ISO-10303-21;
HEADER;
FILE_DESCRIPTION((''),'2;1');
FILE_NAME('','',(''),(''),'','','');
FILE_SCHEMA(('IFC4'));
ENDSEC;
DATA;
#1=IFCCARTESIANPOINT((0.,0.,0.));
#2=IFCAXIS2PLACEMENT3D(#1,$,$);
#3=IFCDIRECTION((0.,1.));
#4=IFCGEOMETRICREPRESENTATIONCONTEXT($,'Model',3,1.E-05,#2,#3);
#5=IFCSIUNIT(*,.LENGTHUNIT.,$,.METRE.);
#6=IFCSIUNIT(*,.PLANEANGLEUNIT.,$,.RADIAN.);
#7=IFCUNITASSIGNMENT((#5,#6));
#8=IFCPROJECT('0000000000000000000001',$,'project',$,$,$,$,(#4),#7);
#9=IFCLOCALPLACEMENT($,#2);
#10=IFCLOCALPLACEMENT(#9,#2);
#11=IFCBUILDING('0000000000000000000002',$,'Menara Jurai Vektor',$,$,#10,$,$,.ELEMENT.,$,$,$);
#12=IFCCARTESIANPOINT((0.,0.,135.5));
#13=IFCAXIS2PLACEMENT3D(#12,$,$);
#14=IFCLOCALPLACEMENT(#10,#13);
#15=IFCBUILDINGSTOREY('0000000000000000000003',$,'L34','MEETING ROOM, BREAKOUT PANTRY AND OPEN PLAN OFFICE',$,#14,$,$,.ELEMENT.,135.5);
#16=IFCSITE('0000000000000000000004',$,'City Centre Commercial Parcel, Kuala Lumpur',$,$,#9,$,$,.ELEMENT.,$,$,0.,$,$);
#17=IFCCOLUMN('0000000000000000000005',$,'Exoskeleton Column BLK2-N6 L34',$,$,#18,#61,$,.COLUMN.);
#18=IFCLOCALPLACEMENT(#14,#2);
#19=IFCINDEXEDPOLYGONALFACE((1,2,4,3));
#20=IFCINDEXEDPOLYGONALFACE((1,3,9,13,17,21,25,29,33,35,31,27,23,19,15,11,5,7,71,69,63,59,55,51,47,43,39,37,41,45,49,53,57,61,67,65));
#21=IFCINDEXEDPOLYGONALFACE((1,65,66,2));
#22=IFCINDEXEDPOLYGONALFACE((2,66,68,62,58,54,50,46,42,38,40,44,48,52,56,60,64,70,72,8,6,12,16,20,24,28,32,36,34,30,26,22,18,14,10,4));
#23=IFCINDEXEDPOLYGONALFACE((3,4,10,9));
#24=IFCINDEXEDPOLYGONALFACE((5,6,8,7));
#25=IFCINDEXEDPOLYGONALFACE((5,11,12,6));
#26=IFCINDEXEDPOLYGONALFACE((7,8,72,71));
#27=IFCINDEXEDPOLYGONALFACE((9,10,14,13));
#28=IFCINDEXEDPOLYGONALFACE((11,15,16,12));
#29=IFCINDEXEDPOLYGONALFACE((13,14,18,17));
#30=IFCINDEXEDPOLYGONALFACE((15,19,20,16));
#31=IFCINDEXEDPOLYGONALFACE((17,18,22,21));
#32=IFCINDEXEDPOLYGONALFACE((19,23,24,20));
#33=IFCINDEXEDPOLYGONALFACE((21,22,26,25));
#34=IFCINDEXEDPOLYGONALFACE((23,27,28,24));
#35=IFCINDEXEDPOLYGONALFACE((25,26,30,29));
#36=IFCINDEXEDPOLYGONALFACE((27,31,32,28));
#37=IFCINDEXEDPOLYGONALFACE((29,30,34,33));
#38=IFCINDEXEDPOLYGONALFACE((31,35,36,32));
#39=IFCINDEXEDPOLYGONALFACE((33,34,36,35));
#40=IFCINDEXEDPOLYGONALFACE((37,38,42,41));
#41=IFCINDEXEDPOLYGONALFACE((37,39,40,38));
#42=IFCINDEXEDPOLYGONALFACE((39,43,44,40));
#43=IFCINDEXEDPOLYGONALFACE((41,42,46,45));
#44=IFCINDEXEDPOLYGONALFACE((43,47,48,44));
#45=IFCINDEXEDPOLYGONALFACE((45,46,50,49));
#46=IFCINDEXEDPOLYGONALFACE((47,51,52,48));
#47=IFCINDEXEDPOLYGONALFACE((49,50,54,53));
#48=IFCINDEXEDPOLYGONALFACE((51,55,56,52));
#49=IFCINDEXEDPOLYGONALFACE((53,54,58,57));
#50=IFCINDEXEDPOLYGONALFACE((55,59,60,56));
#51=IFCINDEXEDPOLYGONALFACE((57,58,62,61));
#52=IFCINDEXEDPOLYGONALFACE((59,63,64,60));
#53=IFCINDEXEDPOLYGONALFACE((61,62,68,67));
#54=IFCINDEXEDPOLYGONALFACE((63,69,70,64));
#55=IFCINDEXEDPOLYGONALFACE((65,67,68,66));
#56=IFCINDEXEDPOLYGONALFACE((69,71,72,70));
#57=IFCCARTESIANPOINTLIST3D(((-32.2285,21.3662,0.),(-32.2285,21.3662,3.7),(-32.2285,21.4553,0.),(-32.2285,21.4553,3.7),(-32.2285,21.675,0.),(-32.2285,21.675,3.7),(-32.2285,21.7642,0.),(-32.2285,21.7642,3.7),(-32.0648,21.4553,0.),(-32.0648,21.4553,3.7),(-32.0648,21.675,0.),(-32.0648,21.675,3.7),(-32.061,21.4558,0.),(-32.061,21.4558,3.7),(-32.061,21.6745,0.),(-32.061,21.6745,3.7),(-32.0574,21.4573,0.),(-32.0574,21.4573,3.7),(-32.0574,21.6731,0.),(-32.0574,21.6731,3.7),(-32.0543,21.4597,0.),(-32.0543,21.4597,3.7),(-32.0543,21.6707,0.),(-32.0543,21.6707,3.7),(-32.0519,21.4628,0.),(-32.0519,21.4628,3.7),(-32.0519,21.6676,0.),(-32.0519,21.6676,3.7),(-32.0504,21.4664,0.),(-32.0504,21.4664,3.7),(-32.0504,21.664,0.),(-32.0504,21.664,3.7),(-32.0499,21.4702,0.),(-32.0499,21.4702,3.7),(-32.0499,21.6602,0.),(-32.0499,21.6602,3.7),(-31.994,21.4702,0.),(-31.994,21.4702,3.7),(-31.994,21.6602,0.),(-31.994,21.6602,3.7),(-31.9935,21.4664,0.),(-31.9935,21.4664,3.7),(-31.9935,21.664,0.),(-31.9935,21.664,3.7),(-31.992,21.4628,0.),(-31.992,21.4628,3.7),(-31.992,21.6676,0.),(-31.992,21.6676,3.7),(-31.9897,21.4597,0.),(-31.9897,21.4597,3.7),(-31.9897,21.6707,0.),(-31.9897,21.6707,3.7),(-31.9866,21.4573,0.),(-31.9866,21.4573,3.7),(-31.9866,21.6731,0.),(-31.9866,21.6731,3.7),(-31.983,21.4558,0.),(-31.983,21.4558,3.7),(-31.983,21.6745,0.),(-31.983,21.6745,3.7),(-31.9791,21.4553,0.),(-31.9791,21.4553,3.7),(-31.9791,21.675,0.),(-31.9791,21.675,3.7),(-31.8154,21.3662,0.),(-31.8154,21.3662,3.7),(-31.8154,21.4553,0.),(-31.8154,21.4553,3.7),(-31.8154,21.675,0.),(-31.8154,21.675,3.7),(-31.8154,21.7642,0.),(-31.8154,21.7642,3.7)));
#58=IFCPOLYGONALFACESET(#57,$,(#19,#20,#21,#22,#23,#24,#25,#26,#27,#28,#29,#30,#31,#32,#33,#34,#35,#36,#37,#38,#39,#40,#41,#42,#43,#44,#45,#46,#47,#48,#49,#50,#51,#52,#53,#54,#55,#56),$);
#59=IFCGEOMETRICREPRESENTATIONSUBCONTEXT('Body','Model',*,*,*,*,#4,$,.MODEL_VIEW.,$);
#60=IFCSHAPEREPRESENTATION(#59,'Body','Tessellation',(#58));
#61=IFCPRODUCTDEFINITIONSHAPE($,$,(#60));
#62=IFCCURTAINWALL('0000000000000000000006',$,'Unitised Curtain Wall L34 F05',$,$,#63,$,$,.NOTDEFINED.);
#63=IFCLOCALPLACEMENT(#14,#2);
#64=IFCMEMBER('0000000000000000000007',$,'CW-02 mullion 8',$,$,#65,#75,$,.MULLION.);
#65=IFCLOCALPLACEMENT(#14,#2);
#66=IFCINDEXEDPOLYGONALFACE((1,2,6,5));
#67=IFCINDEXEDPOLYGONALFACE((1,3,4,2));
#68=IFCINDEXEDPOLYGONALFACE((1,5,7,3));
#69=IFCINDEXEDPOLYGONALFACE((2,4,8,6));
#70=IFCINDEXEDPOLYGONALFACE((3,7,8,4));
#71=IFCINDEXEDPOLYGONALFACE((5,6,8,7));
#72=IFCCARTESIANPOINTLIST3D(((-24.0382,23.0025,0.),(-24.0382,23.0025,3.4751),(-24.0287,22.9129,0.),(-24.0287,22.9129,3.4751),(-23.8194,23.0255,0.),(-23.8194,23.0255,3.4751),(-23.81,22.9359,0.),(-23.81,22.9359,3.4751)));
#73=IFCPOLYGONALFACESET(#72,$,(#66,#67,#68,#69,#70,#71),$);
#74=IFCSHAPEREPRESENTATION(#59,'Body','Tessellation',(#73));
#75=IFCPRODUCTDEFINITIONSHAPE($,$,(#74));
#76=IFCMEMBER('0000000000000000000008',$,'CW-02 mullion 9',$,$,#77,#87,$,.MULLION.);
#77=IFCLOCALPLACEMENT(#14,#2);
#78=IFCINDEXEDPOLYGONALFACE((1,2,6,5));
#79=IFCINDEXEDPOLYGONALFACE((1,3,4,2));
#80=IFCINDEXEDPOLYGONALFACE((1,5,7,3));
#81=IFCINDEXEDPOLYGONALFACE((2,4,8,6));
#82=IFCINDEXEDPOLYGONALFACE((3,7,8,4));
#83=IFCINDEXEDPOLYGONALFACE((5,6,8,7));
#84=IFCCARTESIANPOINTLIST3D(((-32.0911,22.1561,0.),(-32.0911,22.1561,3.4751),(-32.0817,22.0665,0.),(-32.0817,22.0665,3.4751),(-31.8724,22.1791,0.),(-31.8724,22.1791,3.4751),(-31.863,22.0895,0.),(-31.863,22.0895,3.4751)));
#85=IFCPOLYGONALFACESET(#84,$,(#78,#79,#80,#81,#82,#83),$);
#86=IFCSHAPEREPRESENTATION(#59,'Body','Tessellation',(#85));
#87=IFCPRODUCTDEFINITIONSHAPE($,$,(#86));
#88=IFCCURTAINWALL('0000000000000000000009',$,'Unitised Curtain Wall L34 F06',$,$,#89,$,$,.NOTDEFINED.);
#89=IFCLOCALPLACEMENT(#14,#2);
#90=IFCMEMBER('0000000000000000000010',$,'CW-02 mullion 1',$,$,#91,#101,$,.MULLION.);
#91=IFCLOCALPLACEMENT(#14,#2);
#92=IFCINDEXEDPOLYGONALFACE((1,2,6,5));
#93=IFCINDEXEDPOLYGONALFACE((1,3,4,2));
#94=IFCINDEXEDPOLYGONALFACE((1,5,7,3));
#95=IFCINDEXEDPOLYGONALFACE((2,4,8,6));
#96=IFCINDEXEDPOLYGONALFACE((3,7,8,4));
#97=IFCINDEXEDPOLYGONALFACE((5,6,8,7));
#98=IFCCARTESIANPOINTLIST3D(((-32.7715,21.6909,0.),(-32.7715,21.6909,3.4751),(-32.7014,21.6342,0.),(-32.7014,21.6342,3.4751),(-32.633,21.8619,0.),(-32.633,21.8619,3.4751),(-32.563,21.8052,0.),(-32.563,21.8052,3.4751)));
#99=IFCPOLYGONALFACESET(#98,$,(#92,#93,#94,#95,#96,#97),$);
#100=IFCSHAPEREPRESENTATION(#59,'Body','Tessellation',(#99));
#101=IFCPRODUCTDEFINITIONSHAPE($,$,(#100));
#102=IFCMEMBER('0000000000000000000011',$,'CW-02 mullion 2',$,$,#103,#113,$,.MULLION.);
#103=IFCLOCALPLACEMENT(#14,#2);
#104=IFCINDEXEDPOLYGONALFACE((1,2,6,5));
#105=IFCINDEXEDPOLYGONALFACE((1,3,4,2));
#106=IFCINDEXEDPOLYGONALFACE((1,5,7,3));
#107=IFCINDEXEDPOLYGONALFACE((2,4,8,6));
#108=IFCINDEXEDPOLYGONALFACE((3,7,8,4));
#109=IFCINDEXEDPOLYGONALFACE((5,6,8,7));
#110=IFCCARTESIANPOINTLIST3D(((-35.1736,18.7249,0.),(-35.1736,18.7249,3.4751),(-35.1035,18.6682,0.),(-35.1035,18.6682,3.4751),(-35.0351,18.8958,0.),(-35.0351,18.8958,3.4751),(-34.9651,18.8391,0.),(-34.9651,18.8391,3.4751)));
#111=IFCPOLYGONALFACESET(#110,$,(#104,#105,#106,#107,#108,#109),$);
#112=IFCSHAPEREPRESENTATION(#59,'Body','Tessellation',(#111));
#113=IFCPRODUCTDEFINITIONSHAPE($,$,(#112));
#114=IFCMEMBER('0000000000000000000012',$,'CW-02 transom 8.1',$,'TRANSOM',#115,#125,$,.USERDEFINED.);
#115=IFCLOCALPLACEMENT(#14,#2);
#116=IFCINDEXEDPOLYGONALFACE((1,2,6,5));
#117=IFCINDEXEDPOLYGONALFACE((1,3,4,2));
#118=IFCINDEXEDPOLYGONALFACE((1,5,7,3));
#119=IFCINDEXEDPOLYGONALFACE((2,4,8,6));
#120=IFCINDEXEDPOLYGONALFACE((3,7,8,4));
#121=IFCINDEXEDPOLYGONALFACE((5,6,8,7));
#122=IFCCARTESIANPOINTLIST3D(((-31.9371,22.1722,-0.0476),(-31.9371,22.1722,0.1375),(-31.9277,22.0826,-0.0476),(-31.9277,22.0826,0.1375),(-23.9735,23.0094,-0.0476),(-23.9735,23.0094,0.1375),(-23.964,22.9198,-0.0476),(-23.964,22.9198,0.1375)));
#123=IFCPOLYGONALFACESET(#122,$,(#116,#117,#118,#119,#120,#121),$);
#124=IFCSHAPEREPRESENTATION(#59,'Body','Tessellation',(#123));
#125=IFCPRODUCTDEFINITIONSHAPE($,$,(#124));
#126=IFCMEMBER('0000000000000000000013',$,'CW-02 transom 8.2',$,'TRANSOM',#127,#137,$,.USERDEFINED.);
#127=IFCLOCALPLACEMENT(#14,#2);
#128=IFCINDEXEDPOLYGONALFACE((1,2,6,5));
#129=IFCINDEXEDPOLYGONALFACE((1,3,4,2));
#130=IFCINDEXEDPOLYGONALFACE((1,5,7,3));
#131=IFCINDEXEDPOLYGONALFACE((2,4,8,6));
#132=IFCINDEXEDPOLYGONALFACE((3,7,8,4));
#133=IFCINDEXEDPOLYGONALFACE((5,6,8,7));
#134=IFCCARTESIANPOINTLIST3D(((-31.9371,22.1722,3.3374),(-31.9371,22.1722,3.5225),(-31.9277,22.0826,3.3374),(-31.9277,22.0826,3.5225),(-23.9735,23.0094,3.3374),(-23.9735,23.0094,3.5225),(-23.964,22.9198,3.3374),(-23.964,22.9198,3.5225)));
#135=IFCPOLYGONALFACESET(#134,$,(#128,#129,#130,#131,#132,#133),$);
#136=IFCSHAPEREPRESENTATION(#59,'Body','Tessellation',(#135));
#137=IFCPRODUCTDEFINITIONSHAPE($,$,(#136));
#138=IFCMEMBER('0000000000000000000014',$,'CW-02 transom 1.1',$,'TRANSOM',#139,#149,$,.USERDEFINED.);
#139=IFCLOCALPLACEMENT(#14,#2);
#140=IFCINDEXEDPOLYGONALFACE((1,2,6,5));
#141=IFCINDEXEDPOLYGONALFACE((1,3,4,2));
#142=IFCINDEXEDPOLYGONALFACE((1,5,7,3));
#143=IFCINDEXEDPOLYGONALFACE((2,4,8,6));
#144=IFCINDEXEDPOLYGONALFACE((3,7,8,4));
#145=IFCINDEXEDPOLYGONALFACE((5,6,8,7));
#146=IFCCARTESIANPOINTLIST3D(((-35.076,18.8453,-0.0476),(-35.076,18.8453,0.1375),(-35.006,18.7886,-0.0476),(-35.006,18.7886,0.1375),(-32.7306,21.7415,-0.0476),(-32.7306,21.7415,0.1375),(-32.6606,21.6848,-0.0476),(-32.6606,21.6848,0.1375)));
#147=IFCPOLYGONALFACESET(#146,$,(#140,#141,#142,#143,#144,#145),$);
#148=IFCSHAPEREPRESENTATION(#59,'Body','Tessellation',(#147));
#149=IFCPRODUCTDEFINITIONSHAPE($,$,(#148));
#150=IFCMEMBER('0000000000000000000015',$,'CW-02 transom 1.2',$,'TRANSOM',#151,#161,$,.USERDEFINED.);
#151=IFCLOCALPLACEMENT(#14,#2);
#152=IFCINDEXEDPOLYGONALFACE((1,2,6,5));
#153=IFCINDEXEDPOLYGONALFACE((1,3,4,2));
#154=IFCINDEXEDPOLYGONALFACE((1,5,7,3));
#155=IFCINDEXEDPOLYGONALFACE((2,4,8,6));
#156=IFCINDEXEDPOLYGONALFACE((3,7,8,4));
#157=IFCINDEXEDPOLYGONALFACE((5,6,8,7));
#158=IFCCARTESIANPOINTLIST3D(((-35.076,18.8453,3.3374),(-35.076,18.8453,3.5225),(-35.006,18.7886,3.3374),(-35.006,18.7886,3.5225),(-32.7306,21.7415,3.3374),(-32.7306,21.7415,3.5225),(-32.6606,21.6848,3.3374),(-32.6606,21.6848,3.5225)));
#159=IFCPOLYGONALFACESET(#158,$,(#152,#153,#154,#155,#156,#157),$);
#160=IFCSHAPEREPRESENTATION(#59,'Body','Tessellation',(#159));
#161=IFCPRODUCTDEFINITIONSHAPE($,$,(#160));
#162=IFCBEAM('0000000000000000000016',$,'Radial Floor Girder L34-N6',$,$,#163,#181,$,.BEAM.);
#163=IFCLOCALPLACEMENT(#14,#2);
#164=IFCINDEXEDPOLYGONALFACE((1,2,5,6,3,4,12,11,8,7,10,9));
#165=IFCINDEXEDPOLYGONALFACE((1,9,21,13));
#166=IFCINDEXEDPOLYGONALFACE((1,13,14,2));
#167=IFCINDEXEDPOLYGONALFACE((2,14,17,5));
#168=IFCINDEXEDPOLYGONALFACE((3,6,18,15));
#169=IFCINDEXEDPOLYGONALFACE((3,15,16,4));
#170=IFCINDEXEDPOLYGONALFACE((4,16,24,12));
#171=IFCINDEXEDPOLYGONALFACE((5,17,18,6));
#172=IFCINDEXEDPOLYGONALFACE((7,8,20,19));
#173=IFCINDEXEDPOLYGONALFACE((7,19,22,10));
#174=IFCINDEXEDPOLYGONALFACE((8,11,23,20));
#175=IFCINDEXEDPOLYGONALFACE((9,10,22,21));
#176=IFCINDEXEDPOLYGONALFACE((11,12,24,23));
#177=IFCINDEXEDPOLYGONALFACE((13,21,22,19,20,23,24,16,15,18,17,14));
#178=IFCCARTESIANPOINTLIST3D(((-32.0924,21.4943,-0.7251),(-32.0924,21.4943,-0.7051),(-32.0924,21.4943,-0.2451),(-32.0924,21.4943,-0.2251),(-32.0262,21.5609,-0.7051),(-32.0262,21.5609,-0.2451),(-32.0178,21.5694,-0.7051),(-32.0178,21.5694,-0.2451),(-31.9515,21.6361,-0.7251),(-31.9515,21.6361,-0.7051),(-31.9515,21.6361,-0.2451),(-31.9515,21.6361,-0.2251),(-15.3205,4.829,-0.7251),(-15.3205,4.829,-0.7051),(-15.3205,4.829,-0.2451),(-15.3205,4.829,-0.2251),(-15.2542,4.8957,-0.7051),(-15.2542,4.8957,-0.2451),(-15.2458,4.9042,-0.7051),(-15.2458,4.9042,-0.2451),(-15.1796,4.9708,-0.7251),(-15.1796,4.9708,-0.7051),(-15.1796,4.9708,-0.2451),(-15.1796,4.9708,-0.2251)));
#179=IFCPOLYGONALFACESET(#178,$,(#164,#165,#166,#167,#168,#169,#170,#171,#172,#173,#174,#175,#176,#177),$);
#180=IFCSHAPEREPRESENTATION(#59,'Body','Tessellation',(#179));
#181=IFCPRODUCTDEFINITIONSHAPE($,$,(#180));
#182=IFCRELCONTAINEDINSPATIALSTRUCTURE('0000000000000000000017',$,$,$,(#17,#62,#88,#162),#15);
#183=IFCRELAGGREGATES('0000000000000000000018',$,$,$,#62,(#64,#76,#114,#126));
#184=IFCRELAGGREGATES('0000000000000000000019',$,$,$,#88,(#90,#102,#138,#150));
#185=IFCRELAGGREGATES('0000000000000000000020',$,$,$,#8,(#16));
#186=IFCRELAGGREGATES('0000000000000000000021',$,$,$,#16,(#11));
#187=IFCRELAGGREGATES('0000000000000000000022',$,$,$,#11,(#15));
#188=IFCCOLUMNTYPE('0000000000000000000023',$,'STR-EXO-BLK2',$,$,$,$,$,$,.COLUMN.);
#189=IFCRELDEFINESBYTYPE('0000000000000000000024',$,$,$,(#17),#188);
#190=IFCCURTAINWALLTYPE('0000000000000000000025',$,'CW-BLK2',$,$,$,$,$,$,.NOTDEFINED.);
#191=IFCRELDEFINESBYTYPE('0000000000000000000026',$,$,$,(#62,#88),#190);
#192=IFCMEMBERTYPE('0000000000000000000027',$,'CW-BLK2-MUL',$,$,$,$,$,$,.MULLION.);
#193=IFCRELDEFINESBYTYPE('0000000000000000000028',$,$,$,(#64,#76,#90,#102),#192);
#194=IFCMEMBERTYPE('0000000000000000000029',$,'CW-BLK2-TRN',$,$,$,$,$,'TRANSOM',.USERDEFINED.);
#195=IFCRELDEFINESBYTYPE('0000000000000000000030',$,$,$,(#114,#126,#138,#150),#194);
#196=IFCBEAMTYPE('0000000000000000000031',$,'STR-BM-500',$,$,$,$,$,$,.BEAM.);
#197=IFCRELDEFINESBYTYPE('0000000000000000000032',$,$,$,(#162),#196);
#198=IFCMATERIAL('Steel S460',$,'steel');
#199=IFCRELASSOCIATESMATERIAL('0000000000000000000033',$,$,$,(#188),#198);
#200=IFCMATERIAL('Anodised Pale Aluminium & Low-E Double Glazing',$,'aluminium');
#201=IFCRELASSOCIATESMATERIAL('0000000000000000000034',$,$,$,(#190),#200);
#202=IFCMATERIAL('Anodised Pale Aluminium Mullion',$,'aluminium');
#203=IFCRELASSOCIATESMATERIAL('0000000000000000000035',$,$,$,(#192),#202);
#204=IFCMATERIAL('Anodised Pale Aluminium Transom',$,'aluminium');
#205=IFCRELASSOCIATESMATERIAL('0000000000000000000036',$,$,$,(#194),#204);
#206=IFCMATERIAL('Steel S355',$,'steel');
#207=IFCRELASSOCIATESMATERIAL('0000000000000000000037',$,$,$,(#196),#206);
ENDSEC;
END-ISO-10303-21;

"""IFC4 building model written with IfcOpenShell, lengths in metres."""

from ifc_helpers import new_model, si_unit, direction, frame, origin, origin_2d, place, context, subcontext, project, spatial, rectangle, i_section, extrude, material, material_profile, profile_set, type_object, element, aggregate, save


model = new_model("IFC4")

# Units and contexts
model_context = context("Model", 3, precision=1e-05, world=origin(), true_north=direction((0.0, 1.0)))
body_context = subcontext(model_context, "Body", "Model", "MODEL_VIEW")
ifc_project = project(units=[si_unit("LENGTHUNIT", "METRE"), si_unit("PLANEANGLEUNIT", "RADIAN")], contexts=[model_context])

# Site, building, storey
site_placement = place(None, origin())
site = spatial("IfcSite", under=ifc_project, at=site_placement, Name="City Centre Commercial Parcel, Kuala Lumpur", CompositionType="ELEMENT", RefElevation=0.0)
building_placement = place(site_placement, origin())
building = spatial("IfcBuilding", under=site, at=building_placement, Name="Menara Jurai Vektor", CompositionType="ELEMENT")
storey_placement = place(building_placement, frame((0.0, 0.0, 135.5)))
storey = spatial("IfcBuildingStorey", under=building, at=storey_placement, Name="L34", Description="MEETING ROOM, BREAKOUT PANTRY AND OPEN PLAN OFFICE", CompositionType="ELEMENT", Elevation=135.5)

# Column
ifc_material_1 = material(Name="Steel S460", Category="steel")
ifc_material_profile_1 = material_profile(ifc_material_1, i_section(OverallWidth=0.4131, OverallDepth=0.3979, WebThickness=0.0559, FlangeThickness=0.0891, FilletRadius=0.0149, at=origin_2d()), Name="HD 400x744")
ifc_profile_set_1 = profile_set([ifc_material_profile_1], Name="Steel S460")
column_type = type_object("IfcColumnType", Name="STR-EXO-BLK2", PredefinedType="COLUMN", material=ifc_profile_set_1)
column_placement = place(storey_placement, frame((-32.022, 21.5652, 0.0), z_axis=(0.0, 0.0, 1.0), x_axis=(1.0, 0.0, 0.0)))
element("IfcColumn", 1, at=column_placement, inside=storey, type_object=column_type, Name="Exoskeleton Column BLK2-N6 L34", PredefinedType="COLUMN", context=body_context, shape_type="SweptSolid", body=[
    extrude(i_section(OverallWidth=0.4131, OverallDepth=0.3979, WebThickness=0.0559, FlangeThickness=0.0891, FilletRadius=0.0149, at=origin_2d()), origin(), (0.0, 0.0, 1.0), 3.7),
])

# Curtain walls, members
ifc_material_2 = material(Name="Anodised Pale Aluminium & Low-E Double Glazing", Category="aluminium")
curtain_wall_type = type_object("IfcCurtainWallType", Name="CW-BLK2", PredefinedType="NOTDEFINED", material=ifc_material_2)
curtain_wall_1_placement = place(storey_placement, origin())
curtain_wall_1 = element("IfcCurtainWall", 2, at=curtain_wall_1_placement, inside=storey, type_object=curtain_wall_type, Name="Unitised Curtain Wall L34 F05", PredefinedType="NOTDEFINED")
ifc_material_3 = material(Name="Anodised Pale Aluminium Mullion", Category="aluminium")
ifc_material_profile_2 = material_profile(ifc_material_3, rectangle(XDim=0.0901, YDim=0.22, at=origin_2d()), Name="ALU MUL 90x220")
ifc_profile_set_2 = profile_set([ifc_material_profile_2], Name="Anodised Pale Aluminium Mullion")
member_type_1 = type_object("IfcMemberType", Name="CW-BLK2-MUL", PredefinedType="MULLION", material=ifc_profile_set_2)
member_1_placement = place(storey_placement, frame((-23.9241, 22.9692, 0.0), z_axis=(0.0, 0.0, 1.0), x_axis=(0.104529, -0.994522, 0.0)))
member_1 = element("IfcMember", 3, at=member_1_placement, type_object=member_type_1, Name="CW-02 mullion 8", PredefinedType="MULLION", context=body_context, shape_type="SweptSolid", body=[
    extrude(rectangle(XDim=0.0901, YDim=0.22, at=origin_2d()), origin(), (0.0, 0.0, 1.0), 3.4751),
])
member_2_placement = place(storey_placement, frame((-31.9771, 22.1228, 0.0), z_axis=(0.0, 0.0, 1.0), x_axis=(0.104529, -0.994522, 0.0)))
member_2 = element("IfcMember", 4, at=member_2_placement, type_object=member_type_1, Name="CW-02 mullion 9", PredefinedType="MULLION", context=body_context, shape_type="SweptSolid", body=[
    extrude(rectangle(XDim=0.0901, YDim=0.22, at=origin_2d()), origin(), (0.0, 0.0, 1.0), 3.4751),
])
curtain_wall_2_placement = place(storey_placement, origin())
curtain_wall_2 = element("IfcCurtainWall", 5, at=curtain_wall_2_placement, inside=storey, type_object=curtain_wall_type, Name="Unitised Curtain Wall L34 F06", PredefinedType="NOTDEFINED")
member_3_placement = place(storey_placement, frame((-32.6672, 21.748, 0.0), z_axis=(0.0, 0.0, 1.0), x_axis=(0.777129, -0.629341, 0.0)))
member_3 = element("IfcMember", 6, at=member_3_placement, type_object=member_type_1, Name="CW-02 mullion 1", PredefinedType="MULLION", context=body_context, shape_type="SweptSolid", body=[
    extrude(rectangle(XDim=0.0901, YDim=0.22, at=origin_2d()), origin(), (0.0, 0.0, 1.0), 3.4751),
])
member_4_placement = place(storey_placement, frame((-35.0693, 18.782, 0.0), z_axis=(0.0, 0.0, 1.0), x_axis=(0.777129, -0.629341, 0.0)))
member_4 = element("IfcMember", 7, at=member_4_placement, type_object=member_type_1, Name="CW-02 mullion 2", PredefinedType="MULLION", context=body_context, shape_type="SweptSolid", body=[
    extrude(rectangle(XDim=0.0901, YDim=0.22, at=origin_2d()), origin(), (0.0, 0.0, 1.0), 3.4751),
])

# Members
ifc_material_4 = material(Name="Anodised Pale Aluminium Transom", Category="aluminium")
ifc_material_profile_3 = material_profile(ifc_material_4, rectangle(XDim=0.0901, YDim=0.1851, at=origin_2d()), Name="ALU TRN 90x185")
ifc_profile_set_3 = profile_set([ifc_material_profile_3], Name="Anodised Pale Aluminium Transom")
member_type_2 = type_object("IfcMemberType", Name="CW-BLK2-TRN", ElementType="TRANSOM", PredefinedType="USERDEFINED", material=ifc_profile_set_3)
member_5_placement = place(storey_placement, frame((-23.9688, 22.9646, 0.0449), z_axis=(-0.99452, -0.104547, 0.0), x_axis=(0.104547, -0.99452, 0.0)))
member_5 = element("IfcMember", 8, at=member_5_placement, type_object=member_type_2, Name="CW-02 transom 8.1", ObjectType="TRANSOM", PredefinedType="USERDEFINED", context=body_context, shape_type="SweptSolid", body=[
    extrude(rectangle(XDim=0.0901, YDim=0.1851, at=origin_2d()), origin(), (0.0, 0.0, 1.0), 8.0076),
])
member_6_placement = place(storey_placement, frame((-23.9688, 22.9646, 3.4299), z_axis=(-0.99452, -0.104547, 0.0), x_axis=(0.104547, -0.99452, 0.0)))
member_6 = element("IfcMember", 9, at=member_6_placement, type_object=member_type_2, Name="CW-02 transom 8.2", ObjectType="TRANSOM", PredefinedType="USERDEFINED", context=body_context, shape_type="SweptSolid", body=[
    extrude(rectangle(XDim=0.0901, YDim=0.1851, at=origin_2d()), origin(), (0.0, 0.0, 1.0), 8.0076),
])
member_7_placement = place(storey_placement, frame((-32.6956, 21.7131, 0.0449), z_axis=(-0.629341, -0.777129, 0.0), x_axis=(0.777129, -0.629341, 0.0)))
member_7 = element("IfcMember", 10, at=member_7_placement, type_object=member_type_2, Name="CW-02 transom 1.1", ObjectType="TRANSOM", PredefinedType="USERDEFINED", context=body_context, shape_type="SweptSolid", body=[
    extrude(rectangle(XDim=0.0901, YDim=0.1851, at=origin_2d()), origin(), (0.0, 0.0, 1.0), 3.7268),
])
member_8_placement = place(storey_placement, frame((-32.6956, 21.7131, 3.4299), z_axis=(-0.629341, -0.777129, 0.0), x_axis=(0.777129, -0.629341, 0.0)))
member_8 = element("IfcMember", 11, at=member_8_placement, type_object=member_type_2, Name="CW-02 transom 1.2", ObjectType="TRANSOM", PredefinedType="USERDEFINED", context=body_context, shape_type="SweptSolid", body=[
    extrude(rectangle(XDim=0.0901, YDim=0.1851, at=origin_2d()), origin(), (0.0, 0.0, 1.0), 3.7268),
])

# Beam
ifc_material_5 = material(Name="Steel S355", Category="steel")
ifc_material_profile_4 = material_profile(ifc_material_5, i_section(OverallWidth=0.2, OverallDepth=0.5, WebThickness=0.012, FlangeThickness=0.02, at=origin_2d()), Name="PG 500x200x96")
ifc_profile_set_4 = profile_set([ifc_material_profile_4], Name="Steel S355")
beam_type_1 = type_object("IfcBeamType", Name="STR-BM-500", PredefinedType="BEAM", material=ifc_profile_set_4)
beam_1_placement = place(storey_placement, frame((-32.022, 21.5652, -0.4751), z_axis=(0.709359, -0.704847, 0.0), x_axis=(0.704847, 0.709359, 0.0)))
element("IfcBeam", 12, at=beam_1_placement, inside=storey, type_object=beam_type_1, Name="Radial Floor Girder L34-N6", PredefinedType="BEAM", context=body_context, shape_type="SweptSolid", body=[
    extrude(i_section(OverallWidth=0.2, OverallDepth=0.5, WebThickness=0.012, FlangeThickness=0.02, at=origin_2d()), origin(), (0.0, 0.0, 1.0), 23.6438),
])

aggregate(curtain_wall_1, [member_1, member_2, member_5, member_6])
aggregate(curtain_wall_2, [member_3, member_4, member_7, member_8])

save(model, "model.ifc")
